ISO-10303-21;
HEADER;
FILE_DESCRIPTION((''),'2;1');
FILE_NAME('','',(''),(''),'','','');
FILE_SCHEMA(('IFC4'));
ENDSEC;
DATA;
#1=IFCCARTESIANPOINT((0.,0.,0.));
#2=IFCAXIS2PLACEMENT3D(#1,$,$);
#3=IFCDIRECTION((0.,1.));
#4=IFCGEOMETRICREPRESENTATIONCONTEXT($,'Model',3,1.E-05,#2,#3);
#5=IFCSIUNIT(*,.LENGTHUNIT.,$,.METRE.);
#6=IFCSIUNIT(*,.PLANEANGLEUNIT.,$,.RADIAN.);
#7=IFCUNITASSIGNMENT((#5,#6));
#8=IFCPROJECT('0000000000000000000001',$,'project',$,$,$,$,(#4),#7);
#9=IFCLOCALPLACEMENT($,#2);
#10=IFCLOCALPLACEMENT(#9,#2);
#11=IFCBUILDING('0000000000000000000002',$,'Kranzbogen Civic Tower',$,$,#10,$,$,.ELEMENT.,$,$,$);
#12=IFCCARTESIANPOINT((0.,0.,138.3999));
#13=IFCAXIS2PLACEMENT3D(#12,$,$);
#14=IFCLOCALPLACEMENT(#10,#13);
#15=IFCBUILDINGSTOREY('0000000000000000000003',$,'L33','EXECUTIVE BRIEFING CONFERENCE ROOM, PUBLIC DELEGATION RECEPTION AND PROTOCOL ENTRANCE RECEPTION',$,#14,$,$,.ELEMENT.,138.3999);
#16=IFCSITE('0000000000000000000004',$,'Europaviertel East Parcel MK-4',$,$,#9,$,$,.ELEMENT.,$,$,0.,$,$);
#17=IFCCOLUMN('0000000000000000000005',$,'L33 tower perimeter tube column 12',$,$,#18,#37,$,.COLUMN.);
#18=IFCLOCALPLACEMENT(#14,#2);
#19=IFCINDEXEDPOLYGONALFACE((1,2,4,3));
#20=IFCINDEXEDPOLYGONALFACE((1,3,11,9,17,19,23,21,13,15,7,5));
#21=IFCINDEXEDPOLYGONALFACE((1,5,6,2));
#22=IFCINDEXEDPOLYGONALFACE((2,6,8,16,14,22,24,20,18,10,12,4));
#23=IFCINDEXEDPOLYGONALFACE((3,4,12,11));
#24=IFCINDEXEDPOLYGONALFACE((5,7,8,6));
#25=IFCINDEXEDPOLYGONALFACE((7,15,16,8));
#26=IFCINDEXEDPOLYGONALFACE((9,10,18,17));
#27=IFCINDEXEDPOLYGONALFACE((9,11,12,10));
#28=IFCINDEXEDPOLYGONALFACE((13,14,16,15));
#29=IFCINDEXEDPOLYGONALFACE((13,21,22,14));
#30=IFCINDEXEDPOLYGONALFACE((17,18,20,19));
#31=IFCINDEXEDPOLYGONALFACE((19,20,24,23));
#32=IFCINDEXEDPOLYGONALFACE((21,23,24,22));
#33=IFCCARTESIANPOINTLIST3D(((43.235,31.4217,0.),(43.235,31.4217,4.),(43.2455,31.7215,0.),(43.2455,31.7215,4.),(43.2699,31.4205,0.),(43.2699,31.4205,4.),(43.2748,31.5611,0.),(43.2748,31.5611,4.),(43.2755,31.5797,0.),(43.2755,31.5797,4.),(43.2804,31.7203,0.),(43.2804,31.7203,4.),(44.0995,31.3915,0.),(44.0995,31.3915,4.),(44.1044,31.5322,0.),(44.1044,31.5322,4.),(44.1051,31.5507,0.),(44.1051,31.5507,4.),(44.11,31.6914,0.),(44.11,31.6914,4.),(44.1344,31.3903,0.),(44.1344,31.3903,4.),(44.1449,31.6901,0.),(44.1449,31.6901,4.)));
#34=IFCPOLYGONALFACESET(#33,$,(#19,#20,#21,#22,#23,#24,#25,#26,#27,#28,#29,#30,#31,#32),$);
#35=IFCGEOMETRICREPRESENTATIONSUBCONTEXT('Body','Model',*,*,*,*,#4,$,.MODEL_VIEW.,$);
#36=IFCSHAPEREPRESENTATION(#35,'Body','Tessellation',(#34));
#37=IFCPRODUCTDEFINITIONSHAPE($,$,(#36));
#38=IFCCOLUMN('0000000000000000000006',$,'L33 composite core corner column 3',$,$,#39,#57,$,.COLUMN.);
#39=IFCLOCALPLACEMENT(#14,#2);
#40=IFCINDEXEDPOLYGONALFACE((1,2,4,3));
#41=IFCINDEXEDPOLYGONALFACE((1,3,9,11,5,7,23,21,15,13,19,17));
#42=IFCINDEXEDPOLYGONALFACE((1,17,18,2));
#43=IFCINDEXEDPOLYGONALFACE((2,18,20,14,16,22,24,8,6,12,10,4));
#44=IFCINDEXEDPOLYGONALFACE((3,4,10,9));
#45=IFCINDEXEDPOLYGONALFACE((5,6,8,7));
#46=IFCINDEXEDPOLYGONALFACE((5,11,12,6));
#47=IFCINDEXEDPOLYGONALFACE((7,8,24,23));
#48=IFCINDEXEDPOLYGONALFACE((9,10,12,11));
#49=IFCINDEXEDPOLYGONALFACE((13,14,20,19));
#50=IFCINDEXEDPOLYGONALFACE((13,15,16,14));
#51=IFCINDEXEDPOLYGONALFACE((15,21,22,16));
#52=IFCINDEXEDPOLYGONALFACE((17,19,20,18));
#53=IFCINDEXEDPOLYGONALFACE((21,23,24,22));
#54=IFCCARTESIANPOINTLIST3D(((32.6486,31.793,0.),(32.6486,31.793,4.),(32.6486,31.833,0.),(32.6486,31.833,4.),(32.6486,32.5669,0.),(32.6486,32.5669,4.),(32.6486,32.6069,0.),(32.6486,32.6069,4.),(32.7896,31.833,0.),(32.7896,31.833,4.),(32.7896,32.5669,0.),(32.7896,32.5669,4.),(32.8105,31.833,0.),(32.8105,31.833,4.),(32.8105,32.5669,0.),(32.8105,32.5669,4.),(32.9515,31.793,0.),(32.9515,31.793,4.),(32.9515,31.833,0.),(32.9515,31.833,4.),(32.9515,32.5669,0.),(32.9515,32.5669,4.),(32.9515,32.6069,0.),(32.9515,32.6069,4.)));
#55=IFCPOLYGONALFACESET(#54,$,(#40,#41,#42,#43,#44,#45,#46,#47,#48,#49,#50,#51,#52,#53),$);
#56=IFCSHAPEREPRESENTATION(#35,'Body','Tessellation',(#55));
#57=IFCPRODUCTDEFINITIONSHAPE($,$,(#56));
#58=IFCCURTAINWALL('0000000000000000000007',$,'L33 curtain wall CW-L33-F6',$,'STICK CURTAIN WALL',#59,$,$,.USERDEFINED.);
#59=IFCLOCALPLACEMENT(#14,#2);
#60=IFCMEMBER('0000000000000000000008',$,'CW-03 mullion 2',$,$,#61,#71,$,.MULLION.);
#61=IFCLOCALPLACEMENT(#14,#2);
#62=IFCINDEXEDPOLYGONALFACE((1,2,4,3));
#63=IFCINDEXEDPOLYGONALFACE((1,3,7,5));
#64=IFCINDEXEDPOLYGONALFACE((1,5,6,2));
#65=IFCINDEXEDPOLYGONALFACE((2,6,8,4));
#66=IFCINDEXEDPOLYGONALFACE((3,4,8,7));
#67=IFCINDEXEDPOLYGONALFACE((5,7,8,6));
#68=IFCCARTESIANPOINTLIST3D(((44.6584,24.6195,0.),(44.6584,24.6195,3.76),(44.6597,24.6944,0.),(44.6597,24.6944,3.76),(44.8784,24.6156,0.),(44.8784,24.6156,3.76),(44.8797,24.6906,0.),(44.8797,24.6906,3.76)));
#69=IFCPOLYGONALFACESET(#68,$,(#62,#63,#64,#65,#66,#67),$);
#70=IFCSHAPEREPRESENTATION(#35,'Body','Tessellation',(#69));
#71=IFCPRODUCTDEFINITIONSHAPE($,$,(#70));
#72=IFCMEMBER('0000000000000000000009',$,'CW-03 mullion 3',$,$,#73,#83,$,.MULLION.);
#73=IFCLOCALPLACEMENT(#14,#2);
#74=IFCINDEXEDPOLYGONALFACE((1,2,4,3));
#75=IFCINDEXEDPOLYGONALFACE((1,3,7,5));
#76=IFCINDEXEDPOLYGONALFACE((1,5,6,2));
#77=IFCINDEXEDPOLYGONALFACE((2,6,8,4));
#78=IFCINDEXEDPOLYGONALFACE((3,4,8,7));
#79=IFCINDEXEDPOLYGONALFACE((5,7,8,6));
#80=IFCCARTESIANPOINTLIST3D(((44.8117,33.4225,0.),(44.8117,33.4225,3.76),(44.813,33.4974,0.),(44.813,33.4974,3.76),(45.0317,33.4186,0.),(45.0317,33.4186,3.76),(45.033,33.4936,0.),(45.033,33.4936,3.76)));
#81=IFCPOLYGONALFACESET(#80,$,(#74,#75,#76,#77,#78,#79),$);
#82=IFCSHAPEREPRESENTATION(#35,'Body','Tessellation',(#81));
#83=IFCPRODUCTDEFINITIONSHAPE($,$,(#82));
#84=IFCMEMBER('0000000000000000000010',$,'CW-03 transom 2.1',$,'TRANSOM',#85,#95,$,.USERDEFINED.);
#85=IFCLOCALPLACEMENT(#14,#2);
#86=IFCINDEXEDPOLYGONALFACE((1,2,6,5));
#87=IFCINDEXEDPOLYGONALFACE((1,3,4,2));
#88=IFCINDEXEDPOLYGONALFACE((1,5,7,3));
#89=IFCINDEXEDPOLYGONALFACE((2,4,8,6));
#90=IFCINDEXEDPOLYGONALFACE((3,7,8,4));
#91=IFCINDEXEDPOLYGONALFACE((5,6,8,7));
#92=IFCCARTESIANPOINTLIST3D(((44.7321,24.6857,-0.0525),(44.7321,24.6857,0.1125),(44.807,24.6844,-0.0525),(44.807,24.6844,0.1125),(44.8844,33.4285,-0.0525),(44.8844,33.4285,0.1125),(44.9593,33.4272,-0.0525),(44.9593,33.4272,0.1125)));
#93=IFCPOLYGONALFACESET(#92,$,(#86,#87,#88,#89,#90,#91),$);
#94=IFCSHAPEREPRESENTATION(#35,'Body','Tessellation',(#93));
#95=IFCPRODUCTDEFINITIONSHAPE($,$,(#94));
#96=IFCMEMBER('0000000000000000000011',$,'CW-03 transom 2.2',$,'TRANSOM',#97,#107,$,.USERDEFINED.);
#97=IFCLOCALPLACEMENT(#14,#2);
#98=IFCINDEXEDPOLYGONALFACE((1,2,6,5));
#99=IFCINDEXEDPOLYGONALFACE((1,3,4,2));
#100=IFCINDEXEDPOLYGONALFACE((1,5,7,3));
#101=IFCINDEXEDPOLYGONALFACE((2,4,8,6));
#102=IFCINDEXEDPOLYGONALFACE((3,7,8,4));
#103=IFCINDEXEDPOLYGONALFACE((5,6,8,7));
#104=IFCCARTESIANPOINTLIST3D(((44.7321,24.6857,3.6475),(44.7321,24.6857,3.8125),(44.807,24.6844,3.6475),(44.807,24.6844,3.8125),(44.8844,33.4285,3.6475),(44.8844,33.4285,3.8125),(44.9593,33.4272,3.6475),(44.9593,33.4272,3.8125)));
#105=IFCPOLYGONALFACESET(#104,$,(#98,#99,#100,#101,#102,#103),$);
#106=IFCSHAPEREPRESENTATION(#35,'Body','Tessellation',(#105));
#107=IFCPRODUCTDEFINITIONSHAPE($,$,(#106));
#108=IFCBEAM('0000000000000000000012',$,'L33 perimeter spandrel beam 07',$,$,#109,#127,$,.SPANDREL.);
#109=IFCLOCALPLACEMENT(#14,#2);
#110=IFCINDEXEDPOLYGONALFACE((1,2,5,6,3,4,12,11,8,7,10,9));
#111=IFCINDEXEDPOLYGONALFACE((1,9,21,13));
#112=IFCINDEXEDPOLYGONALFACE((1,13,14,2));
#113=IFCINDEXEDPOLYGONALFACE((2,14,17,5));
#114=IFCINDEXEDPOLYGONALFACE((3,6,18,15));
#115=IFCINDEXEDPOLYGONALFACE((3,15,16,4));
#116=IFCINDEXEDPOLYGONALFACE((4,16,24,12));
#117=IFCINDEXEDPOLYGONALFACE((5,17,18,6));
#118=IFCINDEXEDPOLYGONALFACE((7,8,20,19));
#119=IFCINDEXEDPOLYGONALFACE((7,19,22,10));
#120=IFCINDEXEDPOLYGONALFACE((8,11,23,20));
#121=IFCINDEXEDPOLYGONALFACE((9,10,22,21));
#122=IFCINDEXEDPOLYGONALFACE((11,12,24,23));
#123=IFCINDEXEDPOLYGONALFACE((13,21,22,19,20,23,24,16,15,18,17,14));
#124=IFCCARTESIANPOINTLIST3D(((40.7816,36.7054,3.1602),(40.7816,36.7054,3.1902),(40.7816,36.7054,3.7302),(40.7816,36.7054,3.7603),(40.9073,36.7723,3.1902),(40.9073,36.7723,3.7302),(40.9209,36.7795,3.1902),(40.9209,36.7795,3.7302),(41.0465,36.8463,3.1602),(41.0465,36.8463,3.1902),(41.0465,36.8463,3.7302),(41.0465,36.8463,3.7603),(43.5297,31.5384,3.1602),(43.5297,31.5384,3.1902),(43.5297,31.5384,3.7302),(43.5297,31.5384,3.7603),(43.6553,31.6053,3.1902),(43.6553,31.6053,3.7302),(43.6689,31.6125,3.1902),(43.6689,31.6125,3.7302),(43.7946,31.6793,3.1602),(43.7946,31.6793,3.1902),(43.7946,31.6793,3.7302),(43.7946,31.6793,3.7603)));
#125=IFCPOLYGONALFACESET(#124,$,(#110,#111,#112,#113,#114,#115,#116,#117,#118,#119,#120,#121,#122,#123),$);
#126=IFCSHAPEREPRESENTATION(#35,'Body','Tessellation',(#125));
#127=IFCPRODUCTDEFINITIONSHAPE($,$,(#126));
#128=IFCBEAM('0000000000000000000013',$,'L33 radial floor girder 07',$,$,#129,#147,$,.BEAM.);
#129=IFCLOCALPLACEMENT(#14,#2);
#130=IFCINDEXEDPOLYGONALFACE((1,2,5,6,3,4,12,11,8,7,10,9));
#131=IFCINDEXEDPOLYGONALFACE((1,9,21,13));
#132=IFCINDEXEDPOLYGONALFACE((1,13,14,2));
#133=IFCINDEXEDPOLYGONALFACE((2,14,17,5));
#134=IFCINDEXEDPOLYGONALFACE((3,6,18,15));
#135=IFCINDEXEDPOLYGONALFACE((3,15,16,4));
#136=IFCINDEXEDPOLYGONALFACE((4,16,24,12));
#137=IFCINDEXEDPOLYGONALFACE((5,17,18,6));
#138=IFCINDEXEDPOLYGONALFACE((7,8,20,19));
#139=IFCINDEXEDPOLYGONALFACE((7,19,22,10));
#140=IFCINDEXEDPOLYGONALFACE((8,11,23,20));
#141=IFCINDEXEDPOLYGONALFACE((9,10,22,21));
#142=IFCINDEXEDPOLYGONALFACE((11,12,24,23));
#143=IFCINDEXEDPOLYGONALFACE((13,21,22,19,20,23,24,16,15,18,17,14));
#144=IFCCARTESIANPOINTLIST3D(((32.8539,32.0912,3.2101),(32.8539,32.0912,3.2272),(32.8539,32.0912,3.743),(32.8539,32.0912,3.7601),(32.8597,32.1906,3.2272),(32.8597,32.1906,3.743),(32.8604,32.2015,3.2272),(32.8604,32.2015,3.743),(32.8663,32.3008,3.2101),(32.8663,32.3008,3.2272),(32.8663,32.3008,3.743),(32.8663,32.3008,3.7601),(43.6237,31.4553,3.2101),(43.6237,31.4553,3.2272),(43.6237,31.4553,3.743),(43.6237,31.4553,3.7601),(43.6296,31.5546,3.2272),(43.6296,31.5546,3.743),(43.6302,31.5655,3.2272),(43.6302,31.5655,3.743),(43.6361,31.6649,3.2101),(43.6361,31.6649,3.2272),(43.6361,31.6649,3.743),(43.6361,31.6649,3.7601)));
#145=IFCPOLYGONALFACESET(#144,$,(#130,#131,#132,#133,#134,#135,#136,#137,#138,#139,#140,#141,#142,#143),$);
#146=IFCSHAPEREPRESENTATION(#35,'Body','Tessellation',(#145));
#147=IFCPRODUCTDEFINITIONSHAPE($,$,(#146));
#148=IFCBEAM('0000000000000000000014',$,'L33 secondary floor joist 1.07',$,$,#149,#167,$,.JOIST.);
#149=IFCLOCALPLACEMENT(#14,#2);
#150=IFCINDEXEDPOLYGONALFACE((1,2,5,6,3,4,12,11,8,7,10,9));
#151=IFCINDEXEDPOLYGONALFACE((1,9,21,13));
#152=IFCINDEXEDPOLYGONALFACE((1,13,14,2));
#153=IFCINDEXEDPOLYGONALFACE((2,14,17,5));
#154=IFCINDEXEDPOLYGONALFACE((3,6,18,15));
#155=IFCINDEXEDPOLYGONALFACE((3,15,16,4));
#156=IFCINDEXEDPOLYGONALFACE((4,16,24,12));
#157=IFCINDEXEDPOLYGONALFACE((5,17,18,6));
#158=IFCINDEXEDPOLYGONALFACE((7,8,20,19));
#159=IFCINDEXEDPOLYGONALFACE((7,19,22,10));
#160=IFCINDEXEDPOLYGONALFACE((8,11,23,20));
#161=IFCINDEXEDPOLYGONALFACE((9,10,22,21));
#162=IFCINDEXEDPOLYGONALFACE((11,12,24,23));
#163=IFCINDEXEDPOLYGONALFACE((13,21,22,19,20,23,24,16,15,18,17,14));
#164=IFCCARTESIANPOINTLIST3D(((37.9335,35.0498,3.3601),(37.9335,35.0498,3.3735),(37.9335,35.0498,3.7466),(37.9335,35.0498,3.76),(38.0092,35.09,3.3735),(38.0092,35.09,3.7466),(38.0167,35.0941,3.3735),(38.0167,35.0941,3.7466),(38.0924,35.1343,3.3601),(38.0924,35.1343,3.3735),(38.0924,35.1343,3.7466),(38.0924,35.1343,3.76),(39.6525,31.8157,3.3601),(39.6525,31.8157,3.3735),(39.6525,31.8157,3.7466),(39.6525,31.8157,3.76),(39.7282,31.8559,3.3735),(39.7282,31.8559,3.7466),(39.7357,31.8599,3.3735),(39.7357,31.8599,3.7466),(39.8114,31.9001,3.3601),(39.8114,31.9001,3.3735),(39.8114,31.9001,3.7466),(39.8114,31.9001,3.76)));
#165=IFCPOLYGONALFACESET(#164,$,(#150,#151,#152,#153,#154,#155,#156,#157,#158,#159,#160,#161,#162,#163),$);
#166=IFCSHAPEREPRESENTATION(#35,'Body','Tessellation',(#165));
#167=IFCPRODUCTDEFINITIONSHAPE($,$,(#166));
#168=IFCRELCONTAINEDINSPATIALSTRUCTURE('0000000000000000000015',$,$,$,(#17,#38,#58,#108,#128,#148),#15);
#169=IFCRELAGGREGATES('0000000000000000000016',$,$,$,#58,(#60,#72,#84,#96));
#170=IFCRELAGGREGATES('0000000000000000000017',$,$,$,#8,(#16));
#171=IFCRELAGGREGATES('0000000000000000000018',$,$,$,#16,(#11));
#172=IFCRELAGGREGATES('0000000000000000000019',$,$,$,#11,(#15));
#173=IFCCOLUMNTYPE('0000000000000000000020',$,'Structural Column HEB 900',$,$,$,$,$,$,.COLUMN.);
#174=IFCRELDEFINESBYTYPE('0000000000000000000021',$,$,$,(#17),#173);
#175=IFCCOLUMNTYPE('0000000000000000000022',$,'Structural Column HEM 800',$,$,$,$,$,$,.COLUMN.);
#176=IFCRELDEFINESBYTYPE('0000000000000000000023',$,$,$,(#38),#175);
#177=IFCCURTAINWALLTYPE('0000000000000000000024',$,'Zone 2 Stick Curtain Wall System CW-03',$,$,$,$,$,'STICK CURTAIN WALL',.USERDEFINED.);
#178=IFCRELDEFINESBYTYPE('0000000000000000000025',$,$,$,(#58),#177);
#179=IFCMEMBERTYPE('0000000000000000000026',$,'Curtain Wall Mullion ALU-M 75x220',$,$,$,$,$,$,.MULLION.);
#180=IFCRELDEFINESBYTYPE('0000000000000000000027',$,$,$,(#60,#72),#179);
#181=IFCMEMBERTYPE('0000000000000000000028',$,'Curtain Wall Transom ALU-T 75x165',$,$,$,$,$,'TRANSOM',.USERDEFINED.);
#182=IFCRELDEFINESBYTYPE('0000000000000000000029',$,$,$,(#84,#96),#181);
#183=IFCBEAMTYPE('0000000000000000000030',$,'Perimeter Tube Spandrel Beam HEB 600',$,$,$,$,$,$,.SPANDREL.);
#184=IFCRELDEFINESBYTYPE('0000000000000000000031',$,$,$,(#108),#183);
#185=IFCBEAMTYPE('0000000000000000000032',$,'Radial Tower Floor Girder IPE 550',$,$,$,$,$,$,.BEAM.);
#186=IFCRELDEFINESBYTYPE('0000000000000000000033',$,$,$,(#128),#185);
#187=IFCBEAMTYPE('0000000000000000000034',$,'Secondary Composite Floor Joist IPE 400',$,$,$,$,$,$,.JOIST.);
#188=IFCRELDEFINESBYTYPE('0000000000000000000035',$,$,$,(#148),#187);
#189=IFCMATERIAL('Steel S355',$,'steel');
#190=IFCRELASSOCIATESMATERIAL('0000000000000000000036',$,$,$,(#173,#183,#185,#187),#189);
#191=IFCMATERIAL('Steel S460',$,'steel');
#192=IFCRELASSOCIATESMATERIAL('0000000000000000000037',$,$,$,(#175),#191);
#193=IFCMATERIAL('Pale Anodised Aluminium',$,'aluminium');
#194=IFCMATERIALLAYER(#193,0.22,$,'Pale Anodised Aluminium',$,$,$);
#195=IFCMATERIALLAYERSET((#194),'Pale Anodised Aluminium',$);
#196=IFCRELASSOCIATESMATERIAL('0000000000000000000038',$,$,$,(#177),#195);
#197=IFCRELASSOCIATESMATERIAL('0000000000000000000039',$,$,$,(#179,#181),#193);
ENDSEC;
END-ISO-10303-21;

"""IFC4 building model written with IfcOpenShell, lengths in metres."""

from ifc_helpers import new_model, si_unit, direction, frame, origin, origin_2d, place, context, subcontext, project, spatial, rectangle, i_section, extrude, material, layer, layer_set, material_profile, profile_set, type_object, element, aggregate, save


model = new_model("IFC4")

# Units and contexts
model_context = context("Model", 3, precision=1e-05, world=origin(), true_north=direction((0.0, 1.0)))
body_context = subcontext(model_context, "Body", "Model", "MODEL_VIEW")
ifc_project = project(units=[si_unit("LENGTHUNIT", "METRE"), si_unit("PLANEANGLEUNIT", "RADIAN")], contexts=[model_context])

# Site, building, storey
site_placement = place(None, origin())
site = spatial("IfcSite", under=ifc_project, at=site_placement, Name="Europaviertel East Parcel MK-4", CompositionType="ELEMENT", RefElevation=0.0)
building_placement = place(site_placement, origin())
building = spatial("IfcBuilding", under=site, at=building_placement, Name="Kranzbogen Civic Tower", CompositionType="ELEMENT")
storey_placement = place(building_placement, frame((0.0, 0.0, 138.3999)))
storey = spatial("IfcBuildingStorey", under=building, at=storey_placement, Name="L33", Description="EXECUTIVE BRIEFING CONFERENCE ROOM, PUBLIC DELEGATION RECEPTION AND PROTOCOL ENTRANCE RECEPTION", CompositionType="ELEMENT", Elevation=138.3999)

# Columns
ifc_material_1 = material(Name="Steel S355", Category="steel")
ifc_material_profile_1 = material_profile(ifc_material_1, i_section(OverallWidth=0.3, OverallDepth=0.8999, WebThickness=0.0186, FlangeThickness=0.0349, at=origin_2d()), Name="HEB 900")
ifc_profile_set_1 = profile_set([ifc_material_profile_1], Name="Steel S355")
column_type_1 = type_object("IfcColumnType", Name="Structural Column HEB 900", PredefinedType="COLUMN", material=ifc_profile_set_1)
column_1_placement = place(storey_placement, frame((43.6899, 31.5559, 0.0), z_axis=(0.0, 0.0, 1.0), x_axis=(0.034899, 0.999391, 0.0)))
element("IfcColumn", 1, at=column_1_placement, inside=storey, type_object=column_type_1, Name="L33 tower perimeter tube column 12", PredefinedType="COLUMN", context=body_context, shape_type="SweptSolid", body=[
    extrude(i_section(OverallWidth=0.3, OverallDepth=0.8999, WebThickness=0.0186, FlangeThickness=0.0349, at=origin_2d()), origin(), (0.0, 0.0, 1.0), 4.0),
])
ifc_material_2 = material(Name="Steel S460", Category="steel")
ifc_material_profile_2 = material_profile(ifc_material_2, i_section(OverallWidth=0.303, OverallDepth=0.814, WebThickness=0.021, FlangeThickness=0.04, at=origin_2d()), Name="HEM 800")
ifc_profile_set_2 = profile_set([ifc_material_profile_2], Name="Steel S460")
column_type_2 = type_object("IfcColumnType", Name="Structural Column HEM 800", PredefinedType="COLUMN", material=ifc_profile_set_2)
column_2_placement = place(storey_placement, frame((32.8, 32.2, 0.0), z_axis=(0.0, 0.0, 1.0), x_axis=(1.0, 0.0, 0.0)))
element("IfcColumn", 2, at=column_2_placement, inside=storey, type_object=column_type_2, Name="L33 composite core corner column 3", PredefinedType="COLUMN", context=body_context, shape_type="SweptSolid", body=[
    extrude(i_section(OverallWidth=0.303, OverallDepth=0.814, WebThickness=0.021, FlangeThickness=0.04, at=origin_2d()), origin(), (0.0, 0.0, 1.0), 4.0),
])

# Curtain wall, members
ifc_material_3 = material(Name="Pale Anodised Aluminium", Category="aluminium")
ifc_layer_1 = layer(ifc_material_3, 0.22, Name="Pale Anodised Aluminium")
ifc_layer_set_1 = layer_set([ifc_layer_1], Name="Pale Anodised Aluminium")
curtain_wall_type = type_object("IfcCurtainWallType", Name="Zone 2 Stick Curtain Wall System CW-03", ElementType="STICK CURTAIN WALL", PredefinedType="USERDEFINED", material=ifc_layer_set_1)
curtain_wall_placement = place(storey_placement, origin())
curtain_wall = element("IfcCurtainWall", 3, at=curtain_wall_placement, inside=storey, type_object=curtain_wall_type, Name="L33 curtain wall CW-L33-F6", ObjectType="STICK CURTAIN WALL", PredefinedType="USERDEFINED")
ifc_material_profile_3 = material_profile(ifc_material_3, rectangle(XDim=0.075, YDim=0.22, at=origin_2d()), Name="ALU-M 75x220")
ifc_profile_set_3 = profile_set([ifc_material_profile_3], Name="Pale Anodised Aluminium")
member_type_1 = type_object("IfcMemberType", Name="Curtain Wall Mullion ALU-M 75x220", PredefinedType="MULLION", material=ifc_profile_set_3)
member_1_placement = place(storey_placement, frame((44.769, 24.655, 0.0), z_axis=(0.0, 0.0, 1.0), x_axis=(0.017432, 0.999848, 0.0)))
member_1 = element("IfcMember", 4, at=member_1_placement, type_object=member_type_1, Name="CW-03 mullion 2", PredefinedType="MULLION", context=body_context, shape_type="SweptSolid", body=[
    extrude(rectangle(XDim=0.075, YDim=0.22, at=origin_2d()), origin(), (0.0, 0.0, 1.0), 3.76),
])
member_2_placement = place(storey_placement, frame((44.9224, 33.458, 0.0), z_axis=(0.0, 0.0, 1.0), x_axis=(0.017432, 0.999848, 0.0)))
member_2 = element("IfcMember", 5, at=member_2_placement, type_object=member_type_1, Name="CW-03 mullion 3", PredefinedType="MULLION", context=body_context, shape_type="SweptSolid", body=[
    extrude(rectangle(XDim=0.075, YDim=0.22, at=origin_2d()), origin(), (0.0, 0.0, 1.0), 3.76),
])
ifc_material_profile_4 = material_profile(ifc_material_3, rectangle(XDim=0.075, YDim=0.165, at=origin_2d()), Name="ALU-T 75x165")
ifc_profile_set_4 = profile_set([ifc_material_profile_4], Name="Pale Anodised Aluminium")
member_type_2 = type_object("IfcMemberType", Name="Curtain Wall Transom ALU-T 75x165", ElementType="TRANSOM", PredefinedType="USERDEFINED", material=ifc_profile_set_4)
member_3_placement = place(storey_placement, frame((44.7695, 24.6851, 0.03), z_axis=(0.017422, 0.999848, 0.0), x_axis=(-0.999848, 0.017422, 0.0)))
member_3 = element("IfcMember", 6, at=member_3_placement, type_object=member_type_2, Name="CW-03 transom 2.1", ObjectType="TRANSOM", PredefinedType="USERDEFINED", context=body_context, shape_type="SweptSolid", body=[
    extrude(rectangle(XDim=0.075, YDim=0.165, at=origin_2d()), origin(), (0.0, 0.0, 1.0), 8.7441),
])
member_4_placement = place(storey_placement, frame((44.7695, 24.6851, 3.73), z_axis=(0.017422, 0.999848, 0.0), x_axis=(-0.999848, 0.017422, 0.0)))
member_4 = element("IfcMember", 7, at=member_4_placement, type_object=member_type_2, Name="CW-03 transom 2.2", ObjectType="TRANSOM", PredefinedType="USERDEFINED", context=body_context, shape_type="SweptSolid", body=[
    extrude(rectangle(XDim=0.075, YDim=0.165, at=origin_2d()), origin(), (0.0, 0.0, 1.0), 8.7441),
])

# Beams
ifc_material_profile_5 = material_profile(ifc_material_1, i_section(OverallWidth=0.3, OverallDepth=0.6001, WebThickness=0.0154, FlangeThickness=0.03, at=origin_2d()), Name="HEB 600")
ifc_profile_set_5 = profile_set([ifc_material_profile_5], Name="Steel S355")
beam_type_1 = type_object("IfcBeamType", Name="Perimeter Tube Spandrel Beam HEB 600", PredefinedType="SPANDREL", material=ifc_profile_set_5)
beam_1_placement = place(storey_placement, frame((43.6621, 31.6089, 3.4602), z_axis=(-0.469566, 0.882897, 0.0), x_axis=(-0.882897, -0.469566, 0.0)))
element("IfcBeam", 8, at=beam_1_placement, inside=storey, type_object=beam_type_1, Name="L33 perimeter spandrel beam 07", PredefinedType="SPANDREL", context=body_context, shape_type="SweptSolid", body=[
    extrude(i_section(OverallWidth=0.3, OverallDepth=0.6001, WebThickness=0.0154, FlangeThickness=0.03, at=origin_2d()), origin(), (0.0, 0.0, 1.0), 5.8523),
])
ifc_material_profile_6 = material_profile(ifc_material_1, i_section(OverallWidth=0.21, OverallDepth=0.55, WebThickness=0.011, FlangeThickness=0.0171, at=origin_2d()), Name="IPE 550")
ifc_profile_set_6 = profile_set([ifc_material_profile_6], Name="Steel S355")
beam_type_2 = type_object("IfcBeamType", Name="Radial Tower Floor Girder IPE 550", PredefinedType="BEAM", material=ifc_profile_set_6)
beam_2_placement = place(storey_placement, frame((43.6299, 31.5601, 3.4851), z_axis=(-0.998261, 0.05895, 0.0), x_axis=(-0.05895, -0.998261, 0.0)))
element("IfcBeam", 9, at=beam_2_placement, inside=storey, type_object=beam_type_2, Name="L33 radial floor girder 07", PredefinedType="BEAM", context=body_context, shape_type="SweptSolid", body=[
    extrude(i_section(OverallWidth=0.21, OverallDepth=0.55, WebThickness=0.011, FlangeThickness=0.0171, at=origin_2d()), origin(), (0.0, 0.0, 1.0), 10.7886),
])
ifc_material_profile_7 = material_profile(ifc_material_1, i_section(OverallWidth=0.1799, OverallDepth=0.3999, WebThickness=0.0085, FlangeThickness=0.0134, at=origin_2d()), Name="IPE 400")
ifc_profile_set_7 = profile_set([ifc_material_profile_7], Name="Steel S355")
beam_type_3 = type_object("IfcBeamType", Name="Secondary Composite Floor Joist IPE 400", PredefinedType="JOIST", material=ifc_profile_set_7)
beam_3_placement = place(storey_placement, frame((39.7319, 31.8579, 3.5601), z_axis=(-0.469339, 0.883018, 0.0), x_axis=(-0.883018, -0.469339, 0.0)))
element("IfcBeam", 10, at=beam_3_placement, inside=storey, type_object=beam_type_3, Name="L33 secondary floor joist 1.07", PredefinedType="JOIST", context=body_context, shape_type="SweptSolid", body=[
    extrude(i_section(OverallWidth=0.1799, OverallDepth=0.3999, WebThickness=0.0085, FlangeThickness=0.0134, at=origin_2d()), origin(), (0.0, 0.0, 1.0), 3.6626),
])

aggregate(curtain_wall, [member_1, member_2, member_3, member_4])

save(model, "model.ifc")
